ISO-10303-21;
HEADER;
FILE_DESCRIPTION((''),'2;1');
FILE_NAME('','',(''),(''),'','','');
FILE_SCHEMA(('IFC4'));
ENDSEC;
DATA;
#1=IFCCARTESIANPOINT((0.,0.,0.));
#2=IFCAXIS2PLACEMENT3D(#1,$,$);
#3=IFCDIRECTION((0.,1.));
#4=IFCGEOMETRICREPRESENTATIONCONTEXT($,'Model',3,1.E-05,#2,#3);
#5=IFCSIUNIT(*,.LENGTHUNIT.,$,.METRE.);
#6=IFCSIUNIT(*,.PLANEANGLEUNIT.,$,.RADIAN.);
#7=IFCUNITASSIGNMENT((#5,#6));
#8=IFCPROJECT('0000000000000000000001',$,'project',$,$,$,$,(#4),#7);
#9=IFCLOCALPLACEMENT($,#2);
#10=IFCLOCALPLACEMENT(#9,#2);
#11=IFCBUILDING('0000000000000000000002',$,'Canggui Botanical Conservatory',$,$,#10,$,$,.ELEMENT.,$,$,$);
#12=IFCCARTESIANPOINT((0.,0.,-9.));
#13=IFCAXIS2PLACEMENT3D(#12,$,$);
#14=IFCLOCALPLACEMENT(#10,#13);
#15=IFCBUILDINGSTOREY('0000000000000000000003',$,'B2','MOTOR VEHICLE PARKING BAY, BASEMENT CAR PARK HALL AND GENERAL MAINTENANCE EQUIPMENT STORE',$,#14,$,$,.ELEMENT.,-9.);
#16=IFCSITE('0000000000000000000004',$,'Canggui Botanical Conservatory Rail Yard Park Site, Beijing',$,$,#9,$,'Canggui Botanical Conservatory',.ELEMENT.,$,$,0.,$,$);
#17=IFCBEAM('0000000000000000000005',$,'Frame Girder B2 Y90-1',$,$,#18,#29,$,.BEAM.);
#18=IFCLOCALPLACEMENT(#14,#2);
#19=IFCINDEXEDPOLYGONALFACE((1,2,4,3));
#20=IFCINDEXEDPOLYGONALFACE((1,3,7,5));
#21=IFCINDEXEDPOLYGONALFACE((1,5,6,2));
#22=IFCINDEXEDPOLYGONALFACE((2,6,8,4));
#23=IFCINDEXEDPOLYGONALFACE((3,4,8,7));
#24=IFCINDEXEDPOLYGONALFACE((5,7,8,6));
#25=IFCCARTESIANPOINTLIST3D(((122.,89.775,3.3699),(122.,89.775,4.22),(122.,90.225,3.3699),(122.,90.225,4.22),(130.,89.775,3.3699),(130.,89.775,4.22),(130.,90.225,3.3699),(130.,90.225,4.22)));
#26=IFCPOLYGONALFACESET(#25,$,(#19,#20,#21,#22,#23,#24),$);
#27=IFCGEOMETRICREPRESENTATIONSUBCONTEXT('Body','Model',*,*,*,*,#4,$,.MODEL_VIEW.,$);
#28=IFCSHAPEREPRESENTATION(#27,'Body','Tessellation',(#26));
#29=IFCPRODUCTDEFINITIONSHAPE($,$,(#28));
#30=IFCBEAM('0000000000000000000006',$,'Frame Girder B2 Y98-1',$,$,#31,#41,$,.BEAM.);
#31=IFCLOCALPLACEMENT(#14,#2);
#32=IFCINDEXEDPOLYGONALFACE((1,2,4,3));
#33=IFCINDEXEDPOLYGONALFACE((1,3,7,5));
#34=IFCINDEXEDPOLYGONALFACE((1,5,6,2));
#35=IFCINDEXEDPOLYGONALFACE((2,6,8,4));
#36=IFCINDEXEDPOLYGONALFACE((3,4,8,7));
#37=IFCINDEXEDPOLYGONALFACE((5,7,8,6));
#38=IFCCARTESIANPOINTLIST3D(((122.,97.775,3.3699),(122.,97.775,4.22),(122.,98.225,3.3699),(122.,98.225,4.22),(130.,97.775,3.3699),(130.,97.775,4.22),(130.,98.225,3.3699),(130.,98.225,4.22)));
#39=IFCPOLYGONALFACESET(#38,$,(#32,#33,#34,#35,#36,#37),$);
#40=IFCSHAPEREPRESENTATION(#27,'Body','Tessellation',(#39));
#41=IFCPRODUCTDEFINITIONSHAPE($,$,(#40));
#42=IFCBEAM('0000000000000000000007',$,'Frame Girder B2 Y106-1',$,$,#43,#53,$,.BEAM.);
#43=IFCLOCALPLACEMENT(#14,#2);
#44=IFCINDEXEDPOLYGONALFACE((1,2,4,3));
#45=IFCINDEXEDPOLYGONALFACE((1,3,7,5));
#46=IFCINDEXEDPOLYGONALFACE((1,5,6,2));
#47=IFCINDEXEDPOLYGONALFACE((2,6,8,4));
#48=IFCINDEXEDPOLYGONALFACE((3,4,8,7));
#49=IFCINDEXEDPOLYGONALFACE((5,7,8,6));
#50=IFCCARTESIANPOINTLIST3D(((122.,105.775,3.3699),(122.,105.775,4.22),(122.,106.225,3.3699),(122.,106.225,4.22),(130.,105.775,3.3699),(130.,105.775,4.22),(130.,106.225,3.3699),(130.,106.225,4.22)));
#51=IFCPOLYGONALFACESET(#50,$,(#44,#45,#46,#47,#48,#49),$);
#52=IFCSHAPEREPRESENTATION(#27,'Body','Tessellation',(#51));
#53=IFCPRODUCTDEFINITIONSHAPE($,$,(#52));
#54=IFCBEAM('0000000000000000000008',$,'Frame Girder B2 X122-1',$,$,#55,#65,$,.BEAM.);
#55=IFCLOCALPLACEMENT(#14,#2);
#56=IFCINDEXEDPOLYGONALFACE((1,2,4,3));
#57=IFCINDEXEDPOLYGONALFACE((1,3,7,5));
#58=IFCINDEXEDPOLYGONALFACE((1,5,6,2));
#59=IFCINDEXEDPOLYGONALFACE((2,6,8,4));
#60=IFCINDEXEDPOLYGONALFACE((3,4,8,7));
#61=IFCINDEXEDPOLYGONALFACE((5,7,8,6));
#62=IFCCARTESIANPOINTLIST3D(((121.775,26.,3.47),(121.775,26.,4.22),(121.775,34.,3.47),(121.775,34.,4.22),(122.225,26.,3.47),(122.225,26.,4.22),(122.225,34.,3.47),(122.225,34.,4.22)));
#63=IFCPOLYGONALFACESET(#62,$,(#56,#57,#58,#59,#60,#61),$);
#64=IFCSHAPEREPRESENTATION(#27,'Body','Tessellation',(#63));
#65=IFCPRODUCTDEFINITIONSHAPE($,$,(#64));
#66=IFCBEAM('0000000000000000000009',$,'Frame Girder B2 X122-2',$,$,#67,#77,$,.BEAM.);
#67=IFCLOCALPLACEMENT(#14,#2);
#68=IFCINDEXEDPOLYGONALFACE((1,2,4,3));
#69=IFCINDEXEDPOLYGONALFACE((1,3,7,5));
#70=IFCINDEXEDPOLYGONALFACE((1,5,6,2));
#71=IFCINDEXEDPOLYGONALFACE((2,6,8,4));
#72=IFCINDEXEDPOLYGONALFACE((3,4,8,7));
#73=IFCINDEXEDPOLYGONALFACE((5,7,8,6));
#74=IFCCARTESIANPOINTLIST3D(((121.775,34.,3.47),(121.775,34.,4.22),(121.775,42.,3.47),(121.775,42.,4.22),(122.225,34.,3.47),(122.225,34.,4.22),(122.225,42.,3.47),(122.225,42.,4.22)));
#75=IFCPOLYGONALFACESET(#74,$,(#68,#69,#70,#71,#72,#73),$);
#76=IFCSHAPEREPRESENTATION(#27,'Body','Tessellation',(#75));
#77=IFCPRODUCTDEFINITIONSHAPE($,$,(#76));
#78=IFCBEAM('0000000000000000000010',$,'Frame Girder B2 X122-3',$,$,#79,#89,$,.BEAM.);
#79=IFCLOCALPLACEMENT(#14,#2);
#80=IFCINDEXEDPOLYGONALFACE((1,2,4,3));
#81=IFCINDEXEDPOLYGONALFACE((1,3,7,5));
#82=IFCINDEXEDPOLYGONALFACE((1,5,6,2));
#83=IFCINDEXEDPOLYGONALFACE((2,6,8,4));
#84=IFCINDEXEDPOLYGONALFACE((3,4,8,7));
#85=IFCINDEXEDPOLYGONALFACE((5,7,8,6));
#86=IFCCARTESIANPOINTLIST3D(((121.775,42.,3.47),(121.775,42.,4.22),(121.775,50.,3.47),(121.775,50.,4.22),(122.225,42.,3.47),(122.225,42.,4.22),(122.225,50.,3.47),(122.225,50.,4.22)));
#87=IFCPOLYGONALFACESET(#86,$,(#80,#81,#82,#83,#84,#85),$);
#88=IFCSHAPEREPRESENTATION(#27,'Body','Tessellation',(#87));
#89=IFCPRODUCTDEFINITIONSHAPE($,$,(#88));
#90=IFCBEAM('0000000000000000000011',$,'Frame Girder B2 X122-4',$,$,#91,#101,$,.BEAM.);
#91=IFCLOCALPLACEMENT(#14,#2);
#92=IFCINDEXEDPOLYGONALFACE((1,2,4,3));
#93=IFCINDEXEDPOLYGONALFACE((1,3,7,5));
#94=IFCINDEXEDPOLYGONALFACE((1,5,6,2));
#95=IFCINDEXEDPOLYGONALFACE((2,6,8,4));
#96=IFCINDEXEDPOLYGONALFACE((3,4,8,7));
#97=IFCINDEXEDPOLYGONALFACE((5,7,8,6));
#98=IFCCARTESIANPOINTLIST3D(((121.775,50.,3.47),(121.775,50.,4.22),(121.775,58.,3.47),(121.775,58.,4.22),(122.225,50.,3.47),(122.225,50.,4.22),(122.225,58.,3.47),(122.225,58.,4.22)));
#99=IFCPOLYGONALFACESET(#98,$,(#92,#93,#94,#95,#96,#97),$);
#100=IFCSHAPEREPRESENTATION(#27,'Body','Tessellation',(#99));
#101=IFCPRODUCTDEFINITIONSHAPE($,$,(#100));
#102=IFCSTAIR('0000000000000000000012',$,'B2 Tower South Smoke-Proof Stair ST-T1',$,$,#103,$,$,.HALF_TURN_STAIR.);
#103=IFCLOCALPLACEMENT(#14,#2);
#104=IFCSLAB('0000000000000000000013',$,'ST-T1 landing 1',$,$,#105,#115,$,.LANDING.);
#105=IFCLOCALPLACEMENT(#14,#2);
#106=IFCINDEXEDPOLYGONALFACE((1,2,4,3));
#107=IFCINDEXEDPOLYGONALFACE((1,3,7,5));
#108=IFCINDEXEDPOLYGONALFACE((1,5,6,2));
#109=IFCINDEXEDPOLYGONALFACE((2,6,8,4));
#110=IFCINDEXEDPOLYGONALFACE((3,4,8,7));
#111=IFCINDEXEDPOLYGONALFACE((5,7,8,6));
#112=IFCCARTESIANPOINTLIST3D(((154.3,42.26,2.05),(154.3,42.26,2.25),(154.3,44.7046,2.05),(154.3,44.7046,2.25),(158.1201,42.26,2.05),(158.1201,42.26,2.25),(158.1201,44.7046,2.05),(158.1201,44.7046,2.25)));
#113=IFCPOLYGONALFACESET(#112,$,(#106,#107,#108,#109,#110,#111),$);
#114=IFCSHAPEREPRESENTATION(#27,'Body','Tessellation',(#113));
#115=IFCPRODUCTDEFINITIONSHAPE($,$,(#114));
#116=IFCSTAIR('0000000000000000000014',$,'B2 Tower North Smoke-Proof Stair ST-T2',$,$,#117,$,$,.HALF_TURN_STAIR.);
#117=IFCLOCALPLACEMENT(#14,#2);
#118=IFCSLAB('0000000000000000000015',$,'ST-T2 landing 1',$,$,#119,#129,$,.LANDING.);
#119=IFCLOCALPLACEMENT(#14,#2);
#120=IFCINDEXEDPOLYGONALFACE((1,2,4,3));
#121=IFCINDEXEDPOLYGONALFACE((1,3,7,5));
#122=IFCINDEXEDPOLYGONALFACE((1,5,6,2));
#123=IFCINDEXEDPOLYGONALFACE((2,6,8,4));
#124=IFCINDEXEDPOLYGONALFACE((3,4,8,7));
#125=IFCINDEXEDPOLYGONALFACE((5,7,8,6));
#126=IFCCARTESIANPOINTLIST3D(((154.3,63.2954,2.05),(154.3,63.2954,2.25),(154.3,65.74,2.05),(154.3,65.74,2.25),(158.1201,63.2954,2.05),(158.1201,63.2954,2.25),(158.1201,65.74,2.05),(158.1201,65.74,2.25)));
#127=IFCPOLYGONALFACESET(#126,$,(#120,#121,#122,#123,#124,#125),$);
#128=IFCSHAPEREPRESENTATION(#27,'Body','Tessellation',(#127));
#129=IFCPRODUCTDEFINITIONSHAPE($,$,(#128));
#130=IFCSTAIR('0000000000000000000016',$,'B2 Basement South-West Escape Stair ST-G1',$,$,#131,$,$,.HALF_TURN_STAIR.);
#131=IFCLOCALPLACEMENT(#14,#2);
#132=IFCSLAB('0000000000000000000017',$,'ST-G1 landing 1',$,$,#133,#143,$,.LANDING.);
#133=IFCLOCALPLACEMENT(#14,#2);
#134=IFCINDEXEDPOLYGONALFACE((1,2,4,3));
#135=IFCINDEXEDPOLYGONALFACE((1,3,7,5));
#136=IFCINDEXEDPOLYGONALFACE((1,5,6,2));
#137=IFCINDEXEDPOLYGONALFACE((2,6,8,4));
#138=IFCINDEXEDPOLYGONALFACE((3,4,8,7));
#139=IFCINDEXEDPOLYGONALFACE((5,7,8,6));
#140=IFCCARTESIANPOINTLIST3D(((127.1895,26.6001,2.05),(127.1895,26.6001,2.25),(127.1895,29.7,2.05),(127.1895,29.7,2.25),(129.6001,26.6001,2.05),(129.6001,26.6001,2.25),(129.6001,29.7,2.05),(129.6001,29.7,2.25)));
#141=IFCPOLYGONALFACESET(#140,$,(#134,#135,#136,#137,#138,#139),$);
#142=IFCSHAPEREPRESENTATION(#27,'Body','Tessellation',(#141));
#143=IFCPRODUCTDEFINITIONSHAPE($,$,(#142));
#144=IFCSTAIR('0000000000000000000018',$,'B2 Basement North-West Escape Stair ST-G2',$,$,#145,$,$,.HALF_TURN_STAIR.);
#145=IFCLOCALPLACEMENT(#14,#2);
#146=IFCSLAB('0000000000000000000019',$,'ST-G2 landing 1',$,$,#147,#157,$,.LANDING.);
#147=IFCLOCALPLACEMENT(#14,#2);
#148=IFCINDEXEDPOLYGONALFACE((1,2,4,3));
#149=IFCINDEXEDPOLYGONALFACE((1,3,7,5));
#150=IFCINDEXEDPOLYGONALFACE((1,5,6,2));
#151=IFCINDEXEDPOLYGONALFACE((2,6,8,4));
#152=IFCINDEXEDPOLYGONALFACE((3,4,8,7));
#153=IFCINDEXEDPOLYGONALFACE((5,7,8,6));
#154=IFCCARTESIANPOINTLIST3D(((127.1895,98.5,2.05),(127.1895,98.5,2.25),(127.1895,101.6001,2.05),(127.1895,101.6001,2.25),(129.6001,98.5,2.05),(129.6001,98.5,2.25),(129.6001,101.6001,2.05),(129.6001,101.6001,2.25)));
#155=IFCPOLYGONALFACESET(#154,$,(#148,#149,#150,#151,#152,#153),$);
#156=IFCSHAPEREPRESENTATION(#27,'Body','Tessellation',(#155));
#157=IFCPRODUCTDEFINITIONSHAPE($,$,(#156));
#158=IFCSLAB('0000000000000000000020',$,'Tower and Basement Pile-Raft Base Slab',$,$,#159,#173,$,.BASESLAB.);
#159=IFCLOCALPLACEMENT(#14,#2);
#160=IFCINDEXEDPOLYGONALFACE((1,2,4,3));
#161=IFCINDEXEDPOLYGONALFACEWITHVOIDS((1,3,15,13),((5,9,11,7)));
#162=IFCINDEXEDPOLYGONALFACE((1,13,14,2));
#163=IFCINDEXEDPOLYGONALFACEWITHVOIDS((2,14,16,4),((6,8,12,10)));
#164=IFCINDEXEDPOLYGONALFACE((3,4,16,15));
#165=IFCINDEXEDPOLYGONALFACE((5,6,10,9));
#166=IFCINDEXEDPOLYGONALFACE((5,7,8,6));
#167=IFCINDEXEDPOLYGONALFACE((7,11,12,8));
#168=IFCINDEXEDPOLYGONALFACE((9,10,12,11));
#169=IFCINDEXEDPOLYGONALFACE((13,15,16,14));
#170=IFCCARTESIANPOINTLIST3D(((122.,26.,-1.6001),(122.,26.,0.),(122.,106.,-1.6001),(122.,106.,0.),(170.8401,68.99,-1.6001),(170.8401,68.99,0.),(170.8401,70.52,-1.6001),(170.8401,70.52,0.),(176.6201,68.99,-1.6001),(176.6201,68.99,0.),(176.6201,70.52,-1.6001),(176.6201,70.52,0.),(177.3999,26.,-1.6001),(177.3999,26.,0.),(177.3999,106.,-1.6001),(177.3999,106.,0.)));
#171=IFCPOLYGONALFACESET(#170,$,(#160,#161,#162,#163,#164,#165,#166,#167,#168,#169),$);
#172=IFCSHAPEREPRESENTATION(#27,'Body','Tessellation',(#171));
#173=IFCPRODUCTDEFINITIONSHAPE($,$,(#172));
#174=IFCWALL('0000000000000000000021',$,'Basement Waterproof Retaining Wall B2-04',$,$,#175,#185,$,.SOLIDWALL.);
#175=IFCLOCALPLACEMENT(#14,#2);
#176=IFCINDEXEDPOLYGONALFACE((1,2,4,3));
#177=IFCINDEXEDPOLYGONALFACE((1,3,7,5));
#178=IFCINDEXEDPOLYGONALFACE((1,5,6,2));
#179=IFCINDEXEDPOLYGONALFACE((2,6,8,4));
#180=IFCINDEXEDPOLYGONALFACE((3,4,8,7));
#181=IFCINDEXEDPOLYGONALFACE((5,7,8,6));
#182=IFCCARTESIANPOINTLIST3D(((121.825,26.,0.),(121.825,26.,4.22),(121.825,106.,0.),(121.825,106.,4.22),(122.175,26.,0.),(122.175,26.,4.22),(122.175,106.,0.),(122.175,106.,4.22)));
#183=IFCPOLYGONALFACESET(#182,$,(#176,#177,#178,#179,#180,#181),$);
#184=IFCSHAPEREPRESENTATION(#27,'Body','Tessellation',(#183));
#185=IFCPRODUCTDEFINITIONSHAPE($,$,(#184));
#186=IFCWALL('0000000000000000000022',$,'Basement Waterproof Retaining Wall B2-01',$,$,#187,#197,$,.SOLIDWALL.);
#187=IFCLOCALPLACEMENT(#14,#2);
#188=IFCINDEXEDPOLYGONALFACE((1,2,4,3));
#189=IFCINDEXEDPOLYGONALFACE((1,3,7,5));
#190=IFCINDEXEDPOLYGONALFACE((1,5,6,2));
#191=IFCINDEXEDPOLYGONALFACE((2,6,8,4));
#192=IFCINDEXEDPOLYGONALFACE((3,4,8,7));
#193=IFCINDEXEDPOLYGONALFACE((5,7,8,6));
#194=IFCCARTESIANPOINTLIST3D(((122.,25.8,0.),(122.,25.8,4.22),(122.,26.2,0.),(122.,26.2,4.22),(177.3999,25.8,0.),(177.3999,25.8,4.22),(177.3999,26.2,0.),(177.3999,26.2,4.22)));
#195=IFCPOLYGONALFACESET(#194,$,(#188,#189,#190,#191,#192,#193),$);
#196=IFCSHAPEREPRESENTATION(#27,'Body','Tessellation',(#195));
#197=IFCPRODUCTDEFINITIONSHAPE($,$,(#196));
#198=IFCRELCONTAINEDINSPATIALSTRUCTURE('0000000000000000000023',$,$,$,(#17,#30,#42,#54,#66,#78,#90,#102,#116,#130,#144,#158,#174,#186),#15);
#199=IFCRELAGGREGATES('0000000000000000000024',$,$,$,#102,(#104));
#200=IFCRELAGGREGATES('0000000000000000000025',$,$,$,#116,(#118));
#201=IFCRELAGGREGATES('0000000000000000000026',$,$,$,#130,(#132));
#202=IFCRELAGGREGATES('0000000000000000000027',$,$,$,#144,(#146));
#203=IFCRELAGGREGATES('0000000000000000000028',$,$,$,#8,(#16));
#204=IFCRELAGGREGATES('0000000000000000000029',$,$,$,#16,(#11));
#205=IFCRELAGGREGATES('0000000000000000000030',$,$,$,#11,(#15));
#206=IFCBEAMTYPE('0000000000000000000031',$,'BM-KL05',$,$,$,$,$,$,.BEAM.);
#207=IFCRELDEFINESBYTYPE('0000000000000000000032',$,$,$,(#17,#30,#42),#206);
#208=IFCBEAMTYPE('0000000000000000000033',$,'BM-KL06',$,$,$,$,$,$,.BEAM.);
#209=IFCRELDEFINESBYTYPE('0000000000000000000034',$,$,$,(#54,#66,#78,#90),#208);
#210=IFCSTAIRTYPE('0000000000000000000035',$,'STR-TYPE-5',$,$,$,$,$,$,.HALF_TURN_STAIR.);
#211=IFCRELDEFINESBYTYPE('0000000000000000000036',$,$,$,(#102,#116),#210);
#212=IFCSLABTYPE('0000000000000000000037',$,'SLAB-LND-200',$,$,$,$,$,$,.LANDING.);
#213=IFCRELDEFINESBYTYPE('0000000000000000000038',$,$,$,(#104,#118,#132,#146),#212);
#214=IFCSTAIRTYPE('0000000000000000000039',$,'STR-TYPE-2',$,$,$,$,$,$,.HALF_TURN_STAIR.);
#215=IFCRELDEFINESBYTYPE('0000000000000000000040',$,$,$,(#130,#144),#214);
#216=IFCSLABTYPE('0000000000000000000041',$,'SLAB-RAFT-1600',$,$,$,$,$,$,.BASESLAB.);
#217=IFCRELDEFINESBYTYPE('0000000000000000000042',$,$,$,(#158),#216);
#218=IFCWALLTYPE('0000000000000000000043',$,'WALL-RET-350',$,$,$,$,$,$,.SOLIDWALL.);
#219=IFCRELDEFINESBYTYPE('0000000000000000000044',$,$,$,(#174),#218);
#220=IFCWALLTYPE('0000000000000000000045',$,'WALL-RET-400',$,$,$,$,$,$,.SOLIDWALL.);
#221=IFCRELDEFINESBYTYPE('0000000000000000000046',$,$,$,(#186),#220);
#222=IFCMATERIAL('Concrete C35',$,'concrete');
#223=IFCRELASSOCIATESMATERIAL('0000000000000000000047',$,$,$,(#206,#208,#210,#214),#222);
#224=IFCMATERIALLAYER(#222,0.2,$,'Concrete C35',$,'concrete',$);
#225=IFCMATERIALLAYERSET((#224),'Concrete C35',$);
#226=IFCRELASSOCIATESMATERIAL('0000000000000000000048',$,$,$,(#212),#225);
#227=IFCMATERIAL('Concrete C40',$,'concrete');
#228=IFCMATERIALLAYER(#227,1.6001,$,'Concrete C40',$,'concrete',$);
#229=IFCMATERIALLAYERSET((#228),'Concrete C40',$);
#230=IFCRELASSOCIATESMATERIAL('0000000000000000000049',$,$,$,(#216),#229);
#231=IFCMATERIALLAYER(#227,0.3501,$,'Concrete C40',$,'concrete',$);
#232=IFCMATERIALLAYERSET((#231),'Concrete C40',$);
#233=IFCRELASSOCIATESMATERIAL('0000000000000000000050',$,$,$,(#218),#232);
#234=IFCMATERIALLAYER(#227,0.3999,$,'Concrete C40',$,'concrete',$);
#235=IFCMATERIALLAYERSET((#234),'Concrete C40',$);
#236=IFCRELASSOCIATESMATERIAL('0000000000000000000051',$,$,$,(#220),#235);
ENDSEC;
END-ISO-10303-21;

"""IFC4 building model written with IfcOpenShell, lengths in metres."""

from ifc_helpers import new_model, si_unit, direction, frame, frame_2d, origin, origin_2d, place, context, subcontext, project, spatial, polyline, rectangle, outline, extrude, material, layer, layer_set, material_profile, profile_set, type_object, element, aggregate, save


model = new_model("IFC4")

# Units and contexts
model_context = context("Model", 3, precision=1e-05, world=origin(), true_north=direction((0.0, 1.0)))
body_context = subcontext(model_context, "Body", "Model", "MODEL_VIEW")
ifc_project = project(units=[si_unit("LENGTHUNIT", "METRE"), si_unit("PLANEANGLEUNIT", "RADIAN")], contexts=[model_context])

# Site, building, storey
site_placement = place(None, origin())
site = spatial("IfcSite", under=ifc_project, at=site_placement, Name="Canggui Botanical Conservatory Rail Yard Park Site, Beijing", LongName="Canggui Botanical Conservatory", CompositionType="ELEMENT", RefElevation=0.0)
building_placement = place(site_placement, origin())
building = spatial("IfcBuilding", under=site, at=building_placement, Name="Canggui Botanical Conservatory", CompositionType="ELEMENT")
storey_placement = place(building_placement, frame((0.0, 0.0, -9.0)))
storey = spatial("IfcBuildingStorey", under=building, at=storey_placement, Name="B2", Description="MOTOR VEHICLE PARKING BAY, BASEMENT CAR PARK HALL AND GENERAL MAINTENANCE EQUIPMENT STORE", CompositionType="ELEMENT", Elevation=-9.0)

# Beams
ifc_material_1 = material(Name="Concrete C35", Category="concrete")
ifc_material_profile_1 = material_profile(ifc_material_1, rectangle(XDim=0.45, YDim=0.8501, at=origin_2d()), Name="RB 450x850")
ifc_profile_set_1 = profile_set([ifc_material_profile_1], Name="Concrete C35")
beam_type_1 = type_object("IfcBeamType", Name="BM-KL05", PredefinedType="BEAM", material=ifc_profile_set_1)
for number, where, z_axis, x_axis, name in (
    (1, (122.0, 90.0, 3.7949), (1.0, 0.0, 0.0), (0.0, 1.0, 0.0), "Frame Girder B2 Y90-1"),
    (2, (122.0, 98.0, 3.7949), (1.0, 0.0, 0.0), (0.0, 1.0, 0.0), "Frame Girder B2 Y98-1"),
    (3, (122.0, 106.0, 3.7949), (1.0, 0.0, 0.0), (0.0, 1.0, 0.0), "Frame Girder B2 Y106-1"),
):
    element("IfcBeam", number, at=place(storey_placement, frame(where, z_axis=z_axis, x_axis=x_axis)), inside=storey, type_object=beam_type_1, Name=name, PredefinedType="BEAM", context=body_context, shape_type="SweptSolid", body=[
        extrude(rectangle(XDim=0.45, YDim=0.8501, at=origin_2d()), origin(), (0.0, 0.0, 1.0), 8.0),
    ])
ifc_material_profile_2 = material_profile(ifc_material_1, rectangle(XDim=0.45, YDim=0.75, at=origin_2d()), Name="RB 450x750")
ifc_profile_set_2 = profile_set([ifc_material_profile_2], Name="Concrete C35")
beam_type_2 = type_object("IfcBeamType", Name="BM-KL06", PredefinedType="BEAM", material=ifc_profile_set_2)
for number, where, z_axis, x_axis, name in (
    (4, (122.0, 26.0, 3.845), (0.0, 1.0, 0.0), (-1.0, 0.0, 0.0), "Frame Girder B2 X122-1"),
    (5, (122.0, 34.0, 3.845), (0.0, 1.0, 0.0), (-1.0, 0.0, 0.0), "Frame Girder B2 X122-2"),
    (6, (122.0, 42.0, 3.845), (0.0, 1.0, 0.0), (-1.0, 0.0, 0.0), "Frame Girder B2 X122-3"),
    (7, (122.0, 50.0, 3.845), (0.0, 1.0, 0.0), (-1.0, 0.0, 0.0), "Frame Girder B2 X122-4"),
):
    element("IfcBeam", number, at=place(storey_placement, frame(where, z_axis=z_axis, x_axis=x_axis)), inside=storey, type_object=beam_type_2, Name=name, PredefinedType="BEAM", context=body_context, shape_type="SweptSolid", body=[
        extrude(rectangle(XDim=0.45, YDim=0.75, at=origin_2d()), origin(), (0.0, 0.0, 1.0), 8.0),
    ])

# Stairs, slabs
stair_type_1 = type_object("IfcStairType", Name="STR-TYPE-5", PredefinedType="HALF_TURN_STAIR", material=ifc_material_1)
stair_1_placement = place(storey_placement, origin())
stair_1 = element("IfcStair", 8, at=stair_1_placement, inside=storey, type_object=stair_type_1, Name="B2 Tower South Smoke-Proof Stair ST-T1", PredefinedType="HALF_TURN_STAIR")
ifc_layer_1 = layer(ifc_material_1, 0.2, Name="Concrete C35", Category="concrete")
ifc_layer_set_1 = layer_set([ifc_layer_1], Name="Concrete C35")
slab_type_1 = type_object("IfcSlabType", Name="SLAB-LND-200", PredefinedType="LANDING", material=ifc_layer_set_1)
slab_1_placement = place(storey_placement, frame((0.0, 0.0, 2.05)))
slab_1 = element("IfcSlab", 9, at=slab_1_placement, type_object=slab_type_1, Name="ST-T1 landing 1", PredefinedType="LANDING", context=body_context, shape_type="SweptSolid", body=[
    extrude(outline(polyline([(154.3, 44.7046), (154.3, 42.26), (158.1201, 42.26), (158.1201, 44.7046), (154.3, 44.7046)])), origin(), (0.0, 0.0, 1.0), 0.2),
])
aggregate(stair_1, [slab_1])
stair_2_placement = place(storey_placement, origin())
stair_2 = element("IfcStair", 10, at=stair_2_placement, inside=storey, type_object=stair_type_1, Name="B2 Tower North Smoke-Proof Stair ST-T2", PredefinedType="HALF_TURN_STAIR")
slab_2_placement = place(storey_placement, frame((0.0, 0.0, 2.05)))
slab_2 = element("IfcSlab", 11, at=slab_2_placement, type_object=slab_type_1, Name="ST-T2 landing 1", PredefinedType="LANDING", context=body_context, shape_type="SweptSolid", body=[
    extrude(outline(polyline([(158.1201, 63.2954), (158.1201, 65.74), (154.3, 65.74), (154.3, 63.2954), (158.1201, 63.2954)])), origin(), (0.0, 0.0, 1.0), 0.2),
])
aggregate(stair_2, [slab_2])
stair_type_2 = type_object("IfcStairType", Name="STR-TYPE-2", PredefinedType="HALF_TURN_STAIR", material=ifc_material_1)
stair_3_placement = place(storey_placement, origin())
stair_3 = element("IfcStair", 12, at=stair_3_placement, inside=storey, type_object=stair_type_2, Name="B2 Basement South-West Escape Stair ST-G1", PredefinedType="HALF_TURN_STAIR")
slab_3_placement = place(storey_placement, frame((0.0, 0.0, 2.05)))
slab_3 = element("IfcSlab", 13, at=slab_3_placement, type_object=slab_type_1, Name="ST-G1 landing 1", PredefinedType="LANDING", context=body_context, shape_type="SweptSolid", body=[
    extrude(outline(polyline([(127.1895, 26.6001), (129.6001, 26.6001), (129.6001, 29.7), (127.1895, 29.7), (127.1895, 26.6001)])), origin(), (0.0, 0.0, 1.0), 0.2),
])
aggregate(stair_3, [slab_3])
stair_4_placement = place(storey_placement, origin())
stair_4 = element("IfcStair", 14, at=stair_4_placement, inside=storey, type_object=stair_type_2, Name="B2 Basement North-West Escape Stair ST-G2", PredefinedType="HALF_TURN_STAIR")
slab_4_placement = place(storey_placement, frame((0.0, 0.0, 2.05)))
slab_4 = element("IfcSlab", 15, at=slab_4_placement, type_object=slab_type_1, Name="ST-G2 landing 1", PredefinedType="LANDING", context=body_context, shape_type="SweptSolid", body=[
    extrude(outline(polyline([(127.1895, 98.5), (129.6001, 98.5), (129.6001, 101.6001), (127.1895, 101.6001), (127.1895, 98.5)])), origin(), (0.0, 0.0, 1.0), 0.2),
])
aggregate(stair_4, [slab_4])

# Slab
ifc_material_2 = material(Name="Concrete C40", Category="concrete")
ifc_layer_2 = layer(ifc_material_2, 1.6001, Name="Concrete C40", Category="concrete")
ifc_layer_set_2 = layer_set([ifc_layer_2], Name="Concrete C40")
slab_type_2 = type_object("IfcSlabType", Name="SLAB-RAFT-1600", PredefinedType="BASESLAB", material=ifc_layer_set_2)
slab_5_placement = place(storey_placement, frame((0.0, 0.0, -1.6001)))
element("IfcSlab", 16, at=slab_5_placement, inside=storey, type_object=slab_type_2, Name="Tower and Basement Pile-Raft Base Slab", PredefinedType="BASESLAB", context=body_context, shape_type="SweptSolid", body=[
    extrude(outline(polyline([(122.0, 26.0), (177.3999, 26.0), (177.3999, 106.0), (122.0, 106.0), (122.0, 26.0)]), holes=[polyline([(170.8401, 68.99), (176.6201, 68.99), (176.6201, 70.52), (170.8401, 70.52), (170.8401, 68.99)])]), origin(), (0.0, 0.0, 1.0), 1.6001),
])

# Walls
ifc_layer_3 = layer(ifc_material_2, 0.3501, Name="Concrete C40", Category="concrete")
ifc_layer_set_3 = layer_set([ifc_layer_3], Name="Concrete C40")
wall_type_1 = type_object("IfcWallType", Name="WALL-RET-350", PredefinedType="SOLIDWALL", material=ifc_layer_set_3)
wall_1_placement = place(storey_placement, frame((122.0, 106.0, 0.0), z_axis=(0.0, 0.0, 1.0), x_axis=(0.0, -1.0, 0.0)))
element("IfcWall", 17, at=wall_1_placement, inside=storey, type_object=wall_type_1, Name="Basement Waterproof Retaining Wall B2-04", PredefinedType="SOLIDWALL", context=body_context, shape_type="SweptSolid", body=[
    extrude(rectangle(XDim=80.0, YDim=0.3501, at=frame_2d((40.0, 0.0))), origin(), (0.0, 0.0, 1.0), 4.22),
])
ifc_layer_4 = layer(ifc_material_2, 0.3999, Name="Concrete C40", Category="concrete")
ifc_layer_set_4 = layer_set([ifc_layer_4], Name="Concrete C40")
wall_type_2 = type_object("IfcWallType", Name="WALL-RET-400", PredefinedType="SOLIDWALL", material=ifc_layer_set_4)
wall_2_placement = place(storey_placement, frame((122.0, 26.0, 0.0), z_axis=(0.0, 0.0, 1.0), x_axis=(1.0, 0.0, 0.0)))
element("IfcWall", 18, at=wall_2_placement, inside=storey, type_object=wall_type_2, Name="Basement Waterproof Retaining Wall B2-01", PredefinedType="SOLIDWALL", context=body_context, shape_type="SweptSolid", body=[
    extrude(rectangle(XDim=55.3999, YDim=0.3999, at=frame_2d((27.7, 0.0))), origin(), (0.0, 0.0, 1.0), 4.22),
])

save(model, "model.ifc")
